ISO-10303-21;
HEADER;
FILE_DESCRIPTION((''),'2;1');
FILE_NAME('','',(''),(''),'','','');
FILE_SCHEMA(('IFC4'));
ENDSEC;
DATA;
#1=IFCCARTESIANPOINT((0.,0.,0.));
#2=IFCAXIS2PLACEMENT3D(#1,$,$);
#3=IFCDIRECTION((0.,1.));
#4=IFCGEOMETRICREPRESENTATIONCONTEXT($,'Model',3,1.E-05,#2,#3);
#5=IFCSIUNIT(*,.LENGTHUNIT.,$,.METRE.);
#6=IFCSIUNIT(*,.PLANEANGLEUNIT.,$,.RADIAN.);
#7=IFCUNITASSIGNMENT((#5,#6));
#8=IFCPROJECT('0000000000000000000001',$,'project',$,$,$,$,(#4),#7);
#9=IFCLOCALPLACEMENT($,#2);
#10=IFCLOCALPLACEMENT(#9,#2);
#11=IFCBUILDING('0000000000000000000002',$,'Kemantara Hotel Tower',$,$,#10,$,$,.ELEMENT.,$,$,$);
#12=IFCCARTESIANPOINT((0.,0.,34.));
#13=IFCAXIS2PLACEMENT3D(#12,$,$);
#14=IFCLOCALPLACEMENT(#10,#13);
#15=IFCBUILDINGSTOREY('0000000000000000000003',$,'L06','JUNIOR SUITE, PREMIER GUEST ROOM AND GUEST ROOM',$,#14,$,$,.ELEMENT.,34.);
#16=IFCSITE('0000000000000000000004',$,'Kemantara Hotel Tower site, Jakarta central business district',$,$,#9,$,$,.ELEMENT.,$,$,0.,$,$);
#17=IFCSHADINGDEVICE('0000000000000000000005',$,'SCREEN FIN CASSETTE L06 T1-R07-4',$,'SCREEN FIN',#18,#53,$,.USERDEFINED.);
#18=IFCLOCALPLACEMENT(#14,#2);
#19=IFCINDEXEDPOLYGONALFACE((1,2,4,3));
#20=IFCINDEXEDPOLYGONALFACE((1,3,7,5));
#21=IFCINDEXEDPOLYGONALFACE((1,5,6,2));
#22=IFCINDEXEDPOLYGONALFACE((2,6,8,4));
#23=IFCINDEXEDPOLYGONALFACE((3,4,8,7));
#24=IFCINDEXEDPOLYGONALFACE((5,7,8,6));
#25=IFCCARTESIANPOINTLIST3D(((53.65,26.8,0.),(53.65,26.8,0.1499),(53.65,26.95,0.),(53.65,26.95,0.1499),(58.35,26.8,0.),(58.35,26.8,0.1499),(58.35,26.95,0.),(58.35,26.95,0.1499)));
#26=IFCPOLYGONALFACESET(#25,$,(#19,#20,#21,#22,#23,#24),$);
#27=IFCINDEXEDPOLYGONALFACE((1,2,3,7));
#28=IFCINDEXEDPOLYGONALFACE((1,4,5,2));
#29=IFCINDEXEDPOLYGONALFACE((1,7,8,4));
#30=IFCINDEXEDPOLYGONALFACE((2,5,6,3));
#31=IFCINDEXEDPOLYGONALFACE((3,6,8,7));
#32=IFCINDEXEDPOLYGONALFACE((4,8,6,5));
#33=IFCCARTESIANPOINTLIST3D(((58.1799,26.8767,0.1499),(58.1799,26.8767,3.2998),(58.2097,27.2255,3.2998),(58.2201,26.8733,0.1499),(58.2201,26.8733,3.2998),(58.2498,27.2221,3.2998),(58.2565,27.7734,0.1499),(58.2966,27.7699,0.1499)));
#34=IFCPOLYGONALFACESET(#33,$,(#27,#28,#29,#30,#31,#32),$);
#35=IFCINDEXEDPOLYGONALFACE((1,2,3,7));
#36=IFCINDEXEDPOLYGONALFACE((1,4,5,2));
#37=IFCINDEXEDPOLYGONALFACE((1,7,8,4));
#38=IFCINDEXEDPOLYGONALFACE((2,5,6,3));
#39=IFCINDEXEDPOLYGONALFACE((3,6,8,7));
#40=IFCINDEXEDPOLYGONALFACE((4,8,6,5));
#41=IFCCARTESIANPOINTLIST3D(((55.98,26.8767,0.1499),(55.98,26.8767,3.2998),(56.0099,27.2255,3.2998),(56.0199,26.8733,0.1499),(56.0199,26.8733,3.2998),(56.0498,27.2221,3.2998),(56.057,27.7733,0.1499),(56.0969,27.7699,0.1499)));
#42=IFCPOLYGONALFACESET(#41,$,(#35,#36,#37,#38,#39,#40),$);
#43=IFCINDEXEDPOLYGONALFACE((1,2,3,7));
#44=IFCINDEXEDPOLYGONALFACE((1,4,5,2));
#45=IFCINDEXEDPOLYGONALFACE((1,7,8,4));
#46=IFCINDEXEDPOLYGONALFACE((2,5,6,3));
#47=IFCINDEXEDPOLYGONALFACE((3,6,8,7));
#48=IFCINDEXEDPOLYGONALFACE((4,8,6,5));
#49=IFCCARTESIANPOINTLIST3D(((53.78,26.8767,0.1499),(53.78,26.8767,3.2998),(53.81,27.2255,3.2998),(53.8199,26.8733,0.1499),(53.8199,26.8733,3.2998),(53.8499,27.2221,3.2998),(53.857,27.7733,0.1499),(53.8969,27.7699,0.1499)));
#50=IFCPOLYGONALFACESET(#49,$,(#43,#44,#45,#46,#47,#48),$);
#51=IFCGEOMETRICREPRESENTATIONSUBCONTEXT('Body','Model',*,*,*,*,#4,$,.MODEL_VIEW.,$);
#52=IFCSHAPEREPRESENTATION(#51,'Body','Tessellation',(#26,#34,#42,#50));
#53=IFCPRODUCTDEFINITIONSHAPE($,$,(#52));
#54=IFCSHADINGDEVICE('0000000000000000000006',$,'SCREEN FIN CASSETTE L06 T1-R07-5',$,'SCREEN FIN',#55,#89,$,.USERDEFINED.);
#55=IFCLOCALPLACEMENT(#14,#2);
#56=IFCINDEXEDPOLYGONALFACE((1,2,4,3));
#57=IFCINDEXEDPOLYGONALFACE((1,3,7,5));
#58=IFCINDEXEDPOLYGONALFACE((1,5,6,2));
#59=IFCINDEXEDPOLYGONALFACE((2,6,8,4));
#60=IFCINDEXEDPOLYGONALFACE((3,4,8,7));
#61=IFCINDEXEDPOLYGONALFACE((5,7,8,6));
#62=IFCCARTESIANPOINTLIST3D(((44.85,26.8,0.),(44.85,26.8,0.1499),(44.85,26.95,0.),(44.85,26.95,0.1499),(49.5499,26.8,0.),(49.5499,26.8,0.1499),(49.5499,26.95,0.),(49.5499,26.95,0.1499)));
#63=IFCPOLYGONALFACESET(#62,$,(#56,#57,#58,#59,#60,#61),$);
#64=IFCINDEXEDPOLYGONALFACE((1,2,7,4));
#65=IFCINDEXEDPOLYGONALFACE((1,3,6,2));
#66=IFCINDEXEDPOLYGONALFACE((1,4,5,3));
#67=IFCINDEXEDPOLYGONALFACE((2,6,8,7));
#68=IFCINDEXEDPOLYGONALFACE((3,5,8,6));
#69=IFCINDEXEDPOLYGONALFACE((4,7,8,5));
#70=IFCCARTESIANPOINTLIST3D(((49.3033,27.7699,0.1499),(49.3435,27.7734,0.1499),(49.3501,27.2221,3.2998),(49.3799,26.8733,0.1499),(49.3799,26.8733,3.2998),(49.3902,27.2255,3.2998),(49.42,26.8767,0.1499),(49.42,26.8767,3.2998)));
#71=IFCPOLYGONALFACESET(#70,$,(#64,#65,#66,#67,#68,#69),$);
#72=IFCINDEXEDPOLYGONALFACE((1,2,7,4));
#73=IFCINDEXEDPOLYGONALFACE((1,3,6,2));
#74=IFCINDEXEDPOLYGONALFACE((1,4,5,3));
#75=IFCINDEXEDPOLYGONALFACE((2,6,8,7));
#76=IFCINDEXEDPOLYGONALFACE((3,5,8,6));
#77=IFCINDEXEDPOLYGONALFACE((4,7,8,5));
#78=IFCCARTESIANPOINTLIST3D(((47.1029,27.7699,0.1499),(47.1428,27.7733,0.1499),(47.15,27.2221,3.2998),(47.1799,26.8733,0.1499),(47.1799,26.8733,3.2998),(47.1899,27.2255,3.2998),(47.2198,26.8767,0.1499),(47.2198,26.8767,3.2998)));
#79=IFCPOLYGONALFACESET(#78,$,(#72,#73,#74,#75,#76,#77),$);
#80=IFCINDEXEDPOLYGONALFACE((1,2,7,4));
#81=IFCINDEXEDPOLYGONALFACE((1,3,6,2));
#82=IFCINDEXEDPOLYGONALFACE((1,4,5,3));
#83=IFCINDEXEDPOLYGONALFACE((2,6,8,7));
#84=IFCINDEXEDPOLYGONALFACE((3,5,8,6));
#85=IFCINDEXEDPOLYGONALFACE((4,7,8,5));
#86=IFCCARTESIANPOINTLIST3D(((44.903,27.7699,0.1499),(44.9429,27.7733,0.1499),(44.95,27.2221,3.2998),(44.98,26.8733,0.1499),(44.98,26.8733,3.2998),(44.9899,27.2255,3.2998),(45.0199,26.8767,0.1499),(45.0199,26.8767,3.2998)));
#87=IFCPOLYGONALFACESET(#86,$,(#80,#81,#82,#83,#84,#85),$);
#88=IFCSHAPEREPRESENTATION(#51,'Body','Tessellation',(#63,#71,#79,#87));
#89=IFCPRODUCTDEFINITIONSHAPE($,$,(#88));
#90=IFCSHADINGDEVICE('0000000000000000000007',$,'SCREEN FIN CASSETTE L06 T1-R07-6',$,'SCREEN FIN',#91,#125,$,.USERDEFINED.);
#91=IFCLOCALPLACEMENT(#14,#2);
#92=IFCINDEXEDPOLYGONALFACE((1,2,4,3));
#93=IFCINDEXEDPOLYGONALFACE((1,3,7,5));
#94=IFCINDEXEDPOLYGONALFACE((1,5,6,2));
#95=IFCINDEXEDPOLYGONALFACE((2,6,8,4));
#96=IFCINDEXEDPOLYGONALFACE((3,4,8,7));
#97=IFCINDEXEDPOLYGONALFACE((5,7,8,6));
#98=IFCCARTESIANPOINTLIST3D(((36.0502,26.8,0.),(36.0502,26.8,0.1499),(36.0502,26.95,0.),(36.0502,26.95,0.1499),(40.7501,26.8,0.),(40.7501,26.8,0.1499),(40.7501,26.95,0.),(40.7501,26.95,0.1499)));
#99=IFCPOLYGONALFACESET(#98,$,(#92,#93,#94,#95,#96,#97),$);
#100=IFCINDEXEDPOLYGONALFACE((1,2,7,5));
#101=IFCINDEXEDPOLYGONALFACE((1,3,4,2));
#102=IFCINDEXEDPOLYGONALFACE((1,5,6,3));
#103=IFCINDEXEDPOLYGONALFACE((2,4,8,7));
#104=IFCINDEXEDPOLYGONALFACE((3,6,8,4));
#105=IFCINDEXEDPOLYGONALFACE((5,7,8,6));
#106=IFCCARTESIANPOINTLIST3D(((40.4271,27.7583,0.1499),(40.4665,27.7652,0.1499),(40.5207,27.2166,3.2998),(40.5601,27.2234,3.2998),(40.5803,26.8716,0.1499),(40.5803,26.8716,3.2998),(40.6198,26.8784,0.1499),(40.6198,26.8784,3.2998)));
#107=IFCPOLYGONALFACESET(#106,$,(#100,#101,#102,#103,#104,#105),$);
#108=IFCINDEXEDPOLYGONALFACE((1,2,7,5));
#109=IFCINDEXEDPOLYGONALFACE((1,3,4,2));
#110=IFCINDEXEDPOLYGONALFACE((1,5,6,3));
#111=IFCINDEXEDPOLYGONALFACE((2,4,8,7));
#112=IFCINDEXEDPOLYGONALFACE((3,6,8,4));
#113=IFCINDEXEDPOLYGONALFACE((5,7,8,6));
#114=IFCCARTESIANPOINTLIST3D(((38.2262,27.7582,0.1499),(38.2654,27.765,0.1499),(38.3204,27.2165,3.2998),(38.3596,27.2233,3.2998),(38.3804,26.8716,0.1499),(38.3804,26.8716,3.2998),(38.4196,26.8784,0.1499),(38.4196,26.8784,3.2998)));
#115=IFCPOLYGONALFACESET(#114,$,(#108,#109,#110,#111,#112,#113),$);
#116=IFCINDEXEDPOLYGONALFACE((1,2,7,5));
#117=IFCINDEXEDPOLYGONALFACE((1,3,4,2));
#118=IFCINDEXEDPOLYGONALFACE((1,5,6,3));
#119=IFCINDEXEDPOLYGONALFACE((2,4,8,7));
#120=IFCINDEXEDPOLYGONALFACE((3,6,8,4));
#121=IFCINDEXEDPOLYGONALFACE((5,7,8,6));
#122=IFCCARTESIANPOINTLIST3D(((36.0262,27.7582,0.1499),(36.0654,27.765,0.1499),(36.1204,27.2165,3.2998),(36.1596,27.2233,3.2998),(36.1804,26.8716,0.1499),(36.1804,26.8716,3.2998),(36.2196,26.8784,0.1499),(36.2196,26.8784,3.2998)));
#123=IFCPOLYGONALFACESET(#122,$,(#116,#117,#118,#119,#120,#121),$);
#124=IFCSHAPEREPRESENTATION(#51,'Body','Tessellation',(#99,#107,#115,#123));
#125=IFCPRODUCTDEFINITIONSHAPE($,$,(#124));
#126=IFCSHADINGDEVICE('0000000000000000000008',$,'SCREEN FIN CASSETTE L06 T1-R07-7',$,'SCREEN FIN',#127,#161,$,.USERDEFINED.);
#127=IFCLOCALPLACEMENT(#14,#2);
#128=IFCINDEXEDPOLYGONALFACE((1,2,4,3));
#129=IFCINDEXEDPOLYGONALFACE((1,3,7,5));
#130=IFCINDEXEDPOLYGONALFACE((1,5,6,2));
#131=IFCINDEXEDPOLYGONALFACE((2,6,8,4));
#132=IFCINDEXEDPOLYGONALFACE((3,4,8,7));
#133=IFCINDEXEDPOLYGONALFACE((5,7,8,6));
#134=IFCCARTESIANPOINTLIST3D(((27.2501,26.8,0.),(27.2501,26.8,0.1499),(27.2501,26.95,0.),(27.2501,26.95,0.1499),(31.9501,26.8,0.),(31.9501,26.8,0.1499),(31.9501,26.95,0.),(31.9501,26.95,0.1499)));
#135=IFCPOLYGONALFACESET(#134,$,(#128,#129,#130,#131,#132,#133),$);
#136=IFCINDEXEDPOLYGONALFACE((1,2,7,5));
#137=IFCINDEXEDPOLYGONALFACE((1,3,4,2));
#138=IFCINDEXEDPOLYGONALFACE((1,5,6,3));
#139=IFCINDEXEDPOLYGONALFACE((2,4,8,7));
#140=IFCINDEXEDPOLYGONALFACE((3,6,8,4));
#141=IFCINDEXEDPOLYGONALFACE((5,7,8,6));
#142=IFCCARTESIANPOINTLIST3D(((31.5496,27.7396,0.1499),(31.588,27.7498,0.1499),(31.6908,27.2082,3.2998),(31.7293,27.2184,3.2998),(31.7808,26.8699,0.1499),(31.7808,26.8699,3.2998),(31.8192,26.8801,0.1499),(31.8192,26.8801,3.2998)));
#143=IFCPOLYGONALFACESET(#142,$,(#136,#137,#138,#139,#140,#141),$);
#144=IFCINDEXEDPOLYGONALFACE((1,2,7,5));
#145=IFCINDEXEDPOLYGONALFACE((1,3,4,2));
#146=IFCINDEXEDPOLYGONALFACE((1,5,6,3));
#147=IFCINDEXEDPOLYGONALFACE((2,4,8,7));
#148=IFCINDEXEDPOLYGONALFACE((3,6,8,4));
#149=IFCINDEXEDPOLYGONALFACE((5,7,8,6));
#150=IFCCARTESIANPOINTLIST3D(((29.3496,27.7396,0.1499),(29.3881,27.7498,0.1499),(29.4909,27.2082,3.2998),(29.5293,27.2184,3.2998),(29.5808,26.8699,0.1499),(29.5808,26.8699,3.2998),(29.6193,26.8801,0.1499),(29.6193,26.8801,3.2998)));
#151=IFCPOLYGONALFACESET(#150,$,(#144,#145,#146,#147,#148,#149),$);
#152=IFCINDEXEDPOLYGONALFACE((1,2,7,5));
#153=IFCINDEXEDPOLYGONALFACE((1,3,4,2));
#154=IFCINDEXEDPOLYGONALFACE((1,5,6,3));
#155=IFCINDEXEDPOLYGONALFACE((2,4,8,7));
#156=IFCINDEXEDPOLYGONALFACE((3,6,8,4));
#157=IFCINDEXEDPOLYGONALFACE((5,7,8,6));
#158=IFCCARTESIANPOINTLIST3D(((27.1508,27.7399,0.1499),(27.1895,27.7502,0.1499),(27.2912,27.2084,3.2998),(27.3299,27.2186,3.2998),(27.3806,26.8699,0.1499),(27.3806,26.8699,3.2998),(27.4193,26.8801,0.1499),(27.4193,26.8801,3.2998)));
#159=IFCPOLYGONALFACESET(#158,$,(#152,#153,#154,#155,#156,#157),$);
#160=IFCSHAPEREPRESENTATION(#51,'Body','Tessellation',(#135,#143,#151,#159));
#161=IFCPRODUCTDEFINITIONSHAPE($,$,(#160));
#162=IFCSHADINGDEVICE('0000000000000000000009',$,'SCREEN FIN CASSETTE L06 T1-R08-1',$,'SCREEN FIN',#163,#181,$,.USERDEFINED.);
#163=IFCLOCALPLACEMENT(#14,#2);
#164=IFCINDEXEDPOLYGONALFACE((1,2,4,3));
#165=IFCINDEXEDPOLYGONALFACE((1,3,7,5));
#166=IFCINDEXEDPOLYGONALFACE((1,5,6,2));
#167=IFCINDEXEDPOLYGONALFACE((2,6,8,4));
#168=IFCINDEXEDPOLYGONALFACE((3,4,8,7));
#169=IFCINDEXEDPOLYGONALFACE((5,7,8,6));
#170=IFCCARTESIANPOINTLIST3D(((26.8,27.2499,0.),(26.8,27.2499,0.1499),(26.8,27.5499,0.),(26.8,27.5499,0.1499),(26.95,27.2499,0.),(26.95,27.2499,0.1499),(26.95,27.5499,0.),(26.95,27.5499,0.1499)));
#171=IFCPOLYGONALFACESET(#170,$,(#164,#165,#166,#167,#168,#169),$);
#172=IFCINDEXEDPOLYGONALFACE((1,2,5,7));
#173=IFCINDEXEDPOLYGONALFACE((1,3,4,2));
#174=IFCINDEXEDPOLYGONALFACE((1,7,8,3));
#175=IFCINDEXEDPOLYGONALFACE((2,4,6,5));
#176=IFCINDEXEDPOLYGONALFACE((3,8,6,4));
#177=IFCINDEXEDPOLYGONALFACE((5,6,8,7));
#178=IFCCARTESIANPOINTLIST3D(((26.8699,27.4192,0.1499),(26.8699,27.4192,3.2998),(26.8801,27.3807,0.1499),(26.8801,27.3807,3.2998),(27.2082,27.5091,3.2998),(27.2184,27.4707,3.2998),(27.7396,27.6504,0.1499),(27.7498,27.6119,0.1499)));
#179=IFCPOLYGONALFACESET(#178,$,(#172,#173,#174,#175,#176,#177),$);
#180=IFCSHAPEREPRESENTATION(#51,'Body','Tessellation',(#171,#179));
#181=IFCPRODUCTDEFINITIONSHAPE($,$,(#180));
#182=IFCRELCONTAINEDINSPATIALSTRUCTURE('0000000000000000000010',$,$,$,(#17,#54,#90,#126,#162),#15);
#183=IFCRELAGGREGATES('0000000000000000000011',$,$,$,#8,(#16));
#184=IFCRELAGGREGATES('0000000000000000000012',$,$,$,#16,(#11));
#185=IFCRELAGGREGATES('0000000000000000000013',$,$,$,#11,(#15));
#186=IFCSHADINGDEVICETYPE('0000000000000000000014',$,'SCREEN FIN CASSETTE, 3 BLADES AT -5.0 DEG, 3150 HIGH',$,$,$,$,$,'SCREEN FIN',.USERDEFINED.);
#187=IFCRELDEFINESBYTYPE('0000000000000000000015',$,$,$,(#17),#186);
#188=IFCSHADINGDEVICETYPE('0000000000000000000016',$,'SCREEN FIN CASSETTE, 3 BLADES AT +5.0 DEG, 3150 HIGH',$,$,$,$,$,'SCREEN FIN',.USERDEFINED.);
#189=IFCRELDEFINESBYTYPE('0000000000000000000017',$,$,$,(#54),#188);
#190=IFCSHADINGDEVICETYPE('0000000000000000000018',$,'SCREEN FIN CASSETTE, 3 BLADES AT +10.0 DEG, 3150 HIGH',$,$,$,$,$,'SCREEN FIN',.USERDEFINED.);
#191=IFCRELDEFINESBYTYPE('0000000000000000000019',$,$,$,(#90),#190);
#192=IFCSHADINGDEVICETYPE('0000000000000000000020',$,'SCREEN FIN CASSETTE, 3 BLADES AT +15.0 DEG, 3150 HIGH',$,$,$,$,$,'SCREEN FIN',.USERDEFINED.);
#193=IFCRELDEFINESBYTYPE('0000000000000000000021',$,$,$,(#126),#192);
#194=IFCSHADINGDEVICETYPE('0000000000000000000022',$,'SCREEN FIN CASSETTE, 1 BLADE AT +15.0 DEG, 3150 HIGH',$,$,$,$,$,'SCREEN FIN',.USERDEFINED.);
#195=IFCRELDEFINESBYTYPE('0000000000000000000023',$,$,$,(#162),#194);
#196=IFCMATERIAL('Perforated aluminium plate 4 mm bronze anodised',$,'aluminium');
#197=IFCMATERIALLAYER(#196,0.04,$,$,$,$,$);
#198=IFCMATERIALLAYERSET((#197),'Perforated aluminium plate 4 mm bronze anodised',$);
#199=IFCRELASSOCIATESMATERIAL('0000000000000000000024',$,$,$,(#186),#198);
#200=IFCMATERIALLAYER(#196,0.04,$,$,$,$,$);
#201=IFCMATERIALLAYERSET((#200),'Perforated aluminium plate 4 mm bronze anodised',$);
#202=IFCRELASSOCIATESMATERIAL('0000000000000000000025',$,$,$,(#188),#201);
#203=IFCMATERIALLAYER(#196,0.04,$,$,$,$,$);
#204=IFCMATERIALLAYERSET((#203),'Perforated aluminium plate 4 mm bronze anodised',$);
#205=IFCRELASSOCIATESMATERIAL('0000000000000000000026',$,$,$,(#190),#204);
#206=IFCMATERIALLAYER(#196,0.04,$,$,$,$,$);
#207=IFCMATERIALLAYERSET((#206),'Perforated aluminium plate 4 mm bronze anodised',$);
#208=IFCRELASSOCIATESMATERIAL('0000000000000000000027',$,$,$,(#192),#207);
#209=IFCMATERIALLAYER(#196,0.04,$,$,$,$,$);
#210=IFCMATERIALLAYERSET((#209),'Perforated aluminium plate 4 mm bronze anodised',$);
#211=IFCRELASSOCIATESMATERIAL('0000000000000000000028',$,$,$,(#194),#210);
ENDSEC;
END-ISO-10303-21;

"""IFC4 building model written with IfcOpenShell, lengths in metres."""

from ifc_helpers import new_model, si_unit, direction, frame, origin, origin_2d, place, context, subcontext, project, spatial, polyline, rectangle, outline, extrude, source, transform, mapped, material, layer, layer_set, type_object, element, save


model = new_model("IFC4")

# Units and contexts
model_context = context("Model", 3, precision=1e-05, world=origin(), true_north=direction((0.0, 1.0)))
body_context = subcontext(model_context, "Body", "Model", "MODEL_VIEW")
ifc_project = project(units=[si_unit("LENGTHUNIT", "METRE"), si_unit("PLANEANGLEUNIT", "RADIAN")], contexts=[model_context])

# Site, building, storey
site_placement = place(None, origin())
site = spatial("IfcSite", under=ifc_project, at=site_placement, Name="Kemantara Hotel Tower site, Jakarta central business district", CompositionType="ELEMENT", RefElevation=0.0)
building_placement = place(site_placement, origin())
building = spatial("IfcBuilding", under=site, at=building_placement, Name="Kemantara Hotel Tower", CompositionType="ELEMENT")
storey_placement = place(building_placement, frame((0.0, 0.0, 34.0)))
storey = spatial("IfcBuildingStorey", under=building, at=storey_placement, Name="L06", Description="JUNIOR SUITE, PREMIER GUEST ROOM AND GUEST ROOM", CompositionType="ELEMENT", Elevation=34.0)

# Shading devices
ifc_material_1 = material(Name="Perforated aluminium plate 4 mm bronze anodised", Category="aluminium")
ifc_layer_1 = layer(ifc_material_1, 0.04)
ifc_layer_set_1 = layer_set([ifc_layer_1], Name="Perforated aluminium plate 4 mm bronze anodised")
shading_device_type_1 = type_object("IfcShadingDeviceType", Name="SCREEN FIN CASSETTE, 3 BLADES AT -5.0 DEG, 3150 HIGH", ElementType="SCREEN FIN", PredefinedType="USERDEFINED", material=ifc_layer_set_1)
shared_shape_1 = source(origin(), body_context, "Body", "SweptSolid", [
    extrude(rectangle(XDim=4.7, YDim=0.1499, at=origin_2d()), frame((2.2, -0.075, -0.1499), z_axis=(0.0, 0.0, 1.0), x_axis=(1.0, 0.0, 0.0)), (0.0, 0.0, 1.0), 0.1499),
    extrude(outline(polyline([(0.0, 0.0), (0.8999, 0.0), (0.3501, 3.1499), (0.0, 3.1499), (0.0, 0.0)])), frame((0.02, -0.0767, 0.0), z_axis=(-0.996376, 0.085056, 0.0), x_axis=(-0.085056, -0.996376, 0.0)), (0.0, 0.0, 1.0), 0.0403),
    extrude(outline(polyline([(0.0, 0.0), (0.8999, 0.0), (0.3501, 3.1499), (0.0, 3.1499), (0.0, 0.0)])), frame((2.22, -0.0767, 0.0), z_axis=(-0.996332, 0.085575, 0.0), x_axis=(-0.085575, -0.996332, 0.0)), (0.0, 0.0, 1.0), 0.04),
    extrude(outline(polyline([(0.0, 0.0), (0.8999, 0.0), (0.3501, 3.1499), (0.0, 3.1499), (0.0, 0.0)])), frame((4.4199, -0.0767, 0.0), z_axis=(-0.996332, 0.085575, 0.0), x_axis=(-0.085575, -0.996332, 0.0)), (0.0, 0.0, 1.0), 0.04),
])
shading_device_1_placement = place(storey_placement, frame((58.2, 26.8, 0.1499), z_axis=(0.0, 0.0, 1.0), x_axis=(-1.0, 0.0, 0.0)))
element("IfcShadingDevice", 1, at=shading_device_1_placement, inside=storey, type_object=shading_device_type_1, Name="SCREEN FIN CASSETTE L06 T1-R07-4", ObjectType="SCREEN FIN", PredefinedType="USERDEFINED", context=body_context, shape_type="MappedRepresentation", body=[
    mapped(shared_shape_1, transform((0.0, 0.0, 0.0))),
])
ifc_layer_2 = layer(ifc_material_1, 0.04)
ifc_layer_set_2 = layer_set([ifc_layer_2], Name="Perforated aluminium plate 4 mm bronze anodised")
shading_device_type_2 = type_object("IfcShadingDeviceType", Name="SCREEN FIN CASSETTE, 3 BLADES AT +5.0 DEG, 3150 HIGH", ElementType="SCREEN FIN", PredefinedType="USERDEFINED", material=ifc_layer_set_2)
shared_shape_2 = source(origin(), body_context, "Body", "SweptSolid", [
    extrude(rectangle(XDim=4.7, YDim=0.1499, at=origin_2d()), frame((2.2, -0.075, -0.1499), z_axis=(0.0, 0.0, 1.0), x_axis=(1.0, 0.0, 0.0)), (0.0, 0.0, 1.0), 0.1499),
    extrude(outline(polyline([(0.0, 0.0), (0.8999, 0.0), (0.3501, 3.1499), (0.0, 3.1499), (0.0, 0.0)])), frame((0.02, -0.0732, 0.0), z_axis=(-0.996376, -0.085056, 0.0), x_axis=(0.085056, -0.996376, 0.0)), (0.0, 0.0, 1.0), 0.0403),
    extrude(outline(polyline([(0.0, 0.0), (0.8999, 0.0), (0.3501, 3.1499), (0.0, 3.1499), (0.0, 0.0)])), frame((2.22, -0.0732, 0.0), z_axis=(-0.996332, -0.085575, 0.0), x_axis=(0.085575, -0.996332, 0.0)), (0.0, 0.0, 1.0), 0.04),
    extrude(outline(polyline([(0.0, 0.0), (0.8999, 0.0), (0.3501, 3.1499), (0.0, 3.1499), (0.0, 0.0)])), frame((4.4199, -0.0732, 0.0), z_axis=(-0.996332, -0.085575, 0.0), x_axis=(0.085575, -0.996332, 0.0)), (0.0, 0.0, 1.0), 0.04),
])
shading_device_2_placement = place(storey_placement, frame((49.3999, 26.8, 0.1499), z_axis=(0.0, 0.0, 1.0), x_axis=(-1.0, 0.0, 0.0)))
element("IfcShadingDevice", 2, at=shading_device_2_placement, inside=storey, type_object=shading_device_type_2, Name="SCREEN FIN CASSETTE L06 T1-R07-5", ObjectType="SCREEN FIN", PredefinedType="USERDEFINED", context=body_context, shape_type="MappedRepresentation", body=[
    mapped(shared_shape_2, transform((0.0, 0.0, 0.0))),
])
ifc_layer_3 = layer(ifc_material_1, 0.04)
ifc_layer_set_3 = layer_set([ifc_layer_3], Name="Perforated aluminium plate 4 mm bronze anodised")
shading_device_type_3 = type_object("IfcShadingDeviceType", Name="SCREEN FIN CASSETTE, 3 BLADES AT +10.0 DEG, 3150 HIGH", ElementType="SCREEN FIN", PredefinedType="USERDEFINED", material=ifc_layer_set_3)
shared_shape_3 = source(origin(), body_context, "Body", "SweptSolid", [
    extrude(rectangle(XDim=4.7, YDim=0.1499, at=origin_2d()), frame((2.2, -0.075, -0.1499), z_axis=(0.0, 0.0, 1.0), x_axis=(1.0, 0.0, 0.0)), (0.0, 0.0, 1.0), 0.1499),
    extrude(outline(polyline([(0.0, 0.0), (0.8999, 0.0), (0.3501, 3.1499), (0.0, 3.1499), (0.0, 0.0)])), frame((0.0198, -0.0715, 0.0), z_axis=(-0.98539, -0.170314, 0.0), x_axis=(0.170314, -0.98539, 0.0)), (0.0, 0.0, 1.0), 0.04),
    extrude(outline(polyline([(0.0, 0.0), (0.8999, 0.0), (0.3501, 3.1499), (0.0, 3.1499), (0.0, 0.0)])), frame((2.2197, -0.0715, 0.0), z_axis=(-0.985212, -0.171341, 0.0), x_axis=(0.171341, -0.985212, 0.0)), (0.0, 0.0, 1.0), 0.0398),
    extrude(outline(polyline([(0.0, 0.0), (0.8999, 0.0), (0.3501, 3.1499), (0.0, 3.1499), (0.0, 0.0)])), frame((4.4197, -0.0715, 0.0), z_axis=(-0.985212, -0.171341, 0.0), x_axis=(0.171341, -0.985212, 0.0)), (0.0, 0.0, 1.0), 0.0398),
])
shading_device_3_placement = place(storey_placement, frame((40.6001, 26.8, 0.1499), z_axis=(0.0, 0.0, 1.0), x_axis=(-1.0, 0.0, 0.0)))
element("IfcShadingDevice", 3, at=shading_device_3_placement, inside=storey, type_object=shading_device_type_3, Name="SCREEN FIN CASSETTE L06 T1-R07-6", ObjectType="SCREEN FIN", PredefinedType="USERDEFINED", context=body_context, shape_type="MappedRepresentation", body=[
    mapped(shared_shape_3, transform((0.0, 0.0, 0.0))),
])
ifc_layer_4 = layer(ifc_material_1, 0.04)
ifc_layer_set_4 = layer_set([ifc_layer_4], Name="Perforated aluminium plate 4 mm bronze anodised")
shading_device_type_4 = type_object("IfcShadingDeviceType", Name="SCREEN FIN CASSETTE, 3 BLADES AT +15.0 DEG, 3150 HIGH", ElementType="SCREEN FIN", PredefinedType="USERDEFINED", material=ifc_layer_set_4)
shared_shape_4 = source(origin(), body_context, "Body", "SweptSolid", [
    extrude(rectangle(XDim=4.7, YDim=0.1499, at=origin_2d()), frame((2.2, -0.075, -0.1499), z_axis=(0.0, 0.0, 1.0), x_axis=(1.0, 0.0, 0.0)), (0.0, 0.0, 1.0), 0.1499),
    extrude(outline(polyline([(0.0, 0.0), (0.8999, 0.0), (0.3501, 3.1499), (0.0, 3.1499), (0.0, 0.0)])), frame((0.0193, -0.0698, 0.0), z_axis=(-0.966438, -0.256901, 0.0), x_axis=(0.256901, -0.966438, 0.0)), (0.0, 0.0, 1.0), 0.0398),
    extrude(outline(polyline([(0.0, 0.0), (0.8999, 0.0), (0.3501, 3.1499), (0.0, 3.1499), (0.0, 0.0)])), frame((2.2192, -0.0698, 0.0), z_axis=(-0.966438, -0.256901, 0.0), x_axis=(0.256901, -0.966438, 0.0)), (0.0, 0.0, 1.0), 0.0398),
    extrude(outline(polyline([(0.0, 0.0), (0.8999, 0.0), (0.3501, 3.1499), (0.0, 3.1499), (0.0, 0.0)])), frame((4.4194, -0.0698, 0.0), z_axis=(-0.966838, -0.255391, 0.0), x_axis=(0.255391, -0.966838, 0.0)), (0.0, 0.0, 1.0), 0.04),
])
shading_device_4_placement = place(storey_placement, frame((31.8, 26.8, 0.1499), z_axis=(0.0, 0.0, 1.0), x_axis=(-1.0, 0.0, 0.0)))
element("IfcShadingDevice", 4, at=shading_device_4_placement, inside=storey, type_object=shading_device_type_4, Name="SCREEN FIN CASSETTE L06 T1-R07-7", ObjectType="SCREEN FIN", PredefinedType="USERDEFINED", context=body_context, shape_type="MappedRepresentation", body=[
    mapped(shared_shape_4, transform((0.0, 0.0, 0.0))),
])
ifc_layer_5 = layer(ifc_material_1, 0.04)
ifc_layer_set_5 = layer_set([ifc_layer_5], Name="Perforated aluminium plate 4 mm bronze anodised")
shading_device_type_5 = type_object("IfcShadingDeviceType", Name="SCREEN FIN CASSETTE, 1 BLADE AT +15.0 DEG, 3150 HIGH", ElementType="SCREEN FIN", PredefinedType="USERDEFINED", material=ifc_layer_set_5)
shared_shape_5 = source(origin(), body_context, "Body", "SweptSolid", [
    extrude(rectangle(XDim=0.3, YDim=0.1499, at=origin_2d()), frame((0.0, -0.075, -0.1499), z_axis=(0.0, 0.0, 1.0), x_axis=(1.0, 0.0, 0.0)), (0.0, 0.0, 1.0), 0.1499),
    extrude(outline(polyline([(0.0, 0.0), (0.8999, 0.0), (0.3501, 3.1499), (0.0, 3.1499), (0.0, 0.0)])), frame((0.0193, -0.0698, 0.0), z_axis=(-0.966438, -0.256901, 0.0), x_axis=(0.256901, -0.966438, 0.0)), (0.0, 0.0, 1.0), 0.0398),
])
shading_device_5_placement = place(storey_placement, frame((26.8, 27.3999, 0.1499), z_axis=(0.0, 0.0, 1.0), x_axis=(0.0, 1.0, 0.0)))
element("IfcShadingDevice", 5, at=shading_device_5_placement, inside=storey, type_object=shading_device_type_5, Name="SCREEN FIN CASSETTE L06 T1-R08-1", ObjectType="SCREEN FIN", PredefinedType="USERDEFINED", context=body_context, shape_type="MappedRepresentation", body=[
    mapped(shared_shape_5, transform((0.0, 0.0, 0.0))),
])

save(model, "model.ifc")
